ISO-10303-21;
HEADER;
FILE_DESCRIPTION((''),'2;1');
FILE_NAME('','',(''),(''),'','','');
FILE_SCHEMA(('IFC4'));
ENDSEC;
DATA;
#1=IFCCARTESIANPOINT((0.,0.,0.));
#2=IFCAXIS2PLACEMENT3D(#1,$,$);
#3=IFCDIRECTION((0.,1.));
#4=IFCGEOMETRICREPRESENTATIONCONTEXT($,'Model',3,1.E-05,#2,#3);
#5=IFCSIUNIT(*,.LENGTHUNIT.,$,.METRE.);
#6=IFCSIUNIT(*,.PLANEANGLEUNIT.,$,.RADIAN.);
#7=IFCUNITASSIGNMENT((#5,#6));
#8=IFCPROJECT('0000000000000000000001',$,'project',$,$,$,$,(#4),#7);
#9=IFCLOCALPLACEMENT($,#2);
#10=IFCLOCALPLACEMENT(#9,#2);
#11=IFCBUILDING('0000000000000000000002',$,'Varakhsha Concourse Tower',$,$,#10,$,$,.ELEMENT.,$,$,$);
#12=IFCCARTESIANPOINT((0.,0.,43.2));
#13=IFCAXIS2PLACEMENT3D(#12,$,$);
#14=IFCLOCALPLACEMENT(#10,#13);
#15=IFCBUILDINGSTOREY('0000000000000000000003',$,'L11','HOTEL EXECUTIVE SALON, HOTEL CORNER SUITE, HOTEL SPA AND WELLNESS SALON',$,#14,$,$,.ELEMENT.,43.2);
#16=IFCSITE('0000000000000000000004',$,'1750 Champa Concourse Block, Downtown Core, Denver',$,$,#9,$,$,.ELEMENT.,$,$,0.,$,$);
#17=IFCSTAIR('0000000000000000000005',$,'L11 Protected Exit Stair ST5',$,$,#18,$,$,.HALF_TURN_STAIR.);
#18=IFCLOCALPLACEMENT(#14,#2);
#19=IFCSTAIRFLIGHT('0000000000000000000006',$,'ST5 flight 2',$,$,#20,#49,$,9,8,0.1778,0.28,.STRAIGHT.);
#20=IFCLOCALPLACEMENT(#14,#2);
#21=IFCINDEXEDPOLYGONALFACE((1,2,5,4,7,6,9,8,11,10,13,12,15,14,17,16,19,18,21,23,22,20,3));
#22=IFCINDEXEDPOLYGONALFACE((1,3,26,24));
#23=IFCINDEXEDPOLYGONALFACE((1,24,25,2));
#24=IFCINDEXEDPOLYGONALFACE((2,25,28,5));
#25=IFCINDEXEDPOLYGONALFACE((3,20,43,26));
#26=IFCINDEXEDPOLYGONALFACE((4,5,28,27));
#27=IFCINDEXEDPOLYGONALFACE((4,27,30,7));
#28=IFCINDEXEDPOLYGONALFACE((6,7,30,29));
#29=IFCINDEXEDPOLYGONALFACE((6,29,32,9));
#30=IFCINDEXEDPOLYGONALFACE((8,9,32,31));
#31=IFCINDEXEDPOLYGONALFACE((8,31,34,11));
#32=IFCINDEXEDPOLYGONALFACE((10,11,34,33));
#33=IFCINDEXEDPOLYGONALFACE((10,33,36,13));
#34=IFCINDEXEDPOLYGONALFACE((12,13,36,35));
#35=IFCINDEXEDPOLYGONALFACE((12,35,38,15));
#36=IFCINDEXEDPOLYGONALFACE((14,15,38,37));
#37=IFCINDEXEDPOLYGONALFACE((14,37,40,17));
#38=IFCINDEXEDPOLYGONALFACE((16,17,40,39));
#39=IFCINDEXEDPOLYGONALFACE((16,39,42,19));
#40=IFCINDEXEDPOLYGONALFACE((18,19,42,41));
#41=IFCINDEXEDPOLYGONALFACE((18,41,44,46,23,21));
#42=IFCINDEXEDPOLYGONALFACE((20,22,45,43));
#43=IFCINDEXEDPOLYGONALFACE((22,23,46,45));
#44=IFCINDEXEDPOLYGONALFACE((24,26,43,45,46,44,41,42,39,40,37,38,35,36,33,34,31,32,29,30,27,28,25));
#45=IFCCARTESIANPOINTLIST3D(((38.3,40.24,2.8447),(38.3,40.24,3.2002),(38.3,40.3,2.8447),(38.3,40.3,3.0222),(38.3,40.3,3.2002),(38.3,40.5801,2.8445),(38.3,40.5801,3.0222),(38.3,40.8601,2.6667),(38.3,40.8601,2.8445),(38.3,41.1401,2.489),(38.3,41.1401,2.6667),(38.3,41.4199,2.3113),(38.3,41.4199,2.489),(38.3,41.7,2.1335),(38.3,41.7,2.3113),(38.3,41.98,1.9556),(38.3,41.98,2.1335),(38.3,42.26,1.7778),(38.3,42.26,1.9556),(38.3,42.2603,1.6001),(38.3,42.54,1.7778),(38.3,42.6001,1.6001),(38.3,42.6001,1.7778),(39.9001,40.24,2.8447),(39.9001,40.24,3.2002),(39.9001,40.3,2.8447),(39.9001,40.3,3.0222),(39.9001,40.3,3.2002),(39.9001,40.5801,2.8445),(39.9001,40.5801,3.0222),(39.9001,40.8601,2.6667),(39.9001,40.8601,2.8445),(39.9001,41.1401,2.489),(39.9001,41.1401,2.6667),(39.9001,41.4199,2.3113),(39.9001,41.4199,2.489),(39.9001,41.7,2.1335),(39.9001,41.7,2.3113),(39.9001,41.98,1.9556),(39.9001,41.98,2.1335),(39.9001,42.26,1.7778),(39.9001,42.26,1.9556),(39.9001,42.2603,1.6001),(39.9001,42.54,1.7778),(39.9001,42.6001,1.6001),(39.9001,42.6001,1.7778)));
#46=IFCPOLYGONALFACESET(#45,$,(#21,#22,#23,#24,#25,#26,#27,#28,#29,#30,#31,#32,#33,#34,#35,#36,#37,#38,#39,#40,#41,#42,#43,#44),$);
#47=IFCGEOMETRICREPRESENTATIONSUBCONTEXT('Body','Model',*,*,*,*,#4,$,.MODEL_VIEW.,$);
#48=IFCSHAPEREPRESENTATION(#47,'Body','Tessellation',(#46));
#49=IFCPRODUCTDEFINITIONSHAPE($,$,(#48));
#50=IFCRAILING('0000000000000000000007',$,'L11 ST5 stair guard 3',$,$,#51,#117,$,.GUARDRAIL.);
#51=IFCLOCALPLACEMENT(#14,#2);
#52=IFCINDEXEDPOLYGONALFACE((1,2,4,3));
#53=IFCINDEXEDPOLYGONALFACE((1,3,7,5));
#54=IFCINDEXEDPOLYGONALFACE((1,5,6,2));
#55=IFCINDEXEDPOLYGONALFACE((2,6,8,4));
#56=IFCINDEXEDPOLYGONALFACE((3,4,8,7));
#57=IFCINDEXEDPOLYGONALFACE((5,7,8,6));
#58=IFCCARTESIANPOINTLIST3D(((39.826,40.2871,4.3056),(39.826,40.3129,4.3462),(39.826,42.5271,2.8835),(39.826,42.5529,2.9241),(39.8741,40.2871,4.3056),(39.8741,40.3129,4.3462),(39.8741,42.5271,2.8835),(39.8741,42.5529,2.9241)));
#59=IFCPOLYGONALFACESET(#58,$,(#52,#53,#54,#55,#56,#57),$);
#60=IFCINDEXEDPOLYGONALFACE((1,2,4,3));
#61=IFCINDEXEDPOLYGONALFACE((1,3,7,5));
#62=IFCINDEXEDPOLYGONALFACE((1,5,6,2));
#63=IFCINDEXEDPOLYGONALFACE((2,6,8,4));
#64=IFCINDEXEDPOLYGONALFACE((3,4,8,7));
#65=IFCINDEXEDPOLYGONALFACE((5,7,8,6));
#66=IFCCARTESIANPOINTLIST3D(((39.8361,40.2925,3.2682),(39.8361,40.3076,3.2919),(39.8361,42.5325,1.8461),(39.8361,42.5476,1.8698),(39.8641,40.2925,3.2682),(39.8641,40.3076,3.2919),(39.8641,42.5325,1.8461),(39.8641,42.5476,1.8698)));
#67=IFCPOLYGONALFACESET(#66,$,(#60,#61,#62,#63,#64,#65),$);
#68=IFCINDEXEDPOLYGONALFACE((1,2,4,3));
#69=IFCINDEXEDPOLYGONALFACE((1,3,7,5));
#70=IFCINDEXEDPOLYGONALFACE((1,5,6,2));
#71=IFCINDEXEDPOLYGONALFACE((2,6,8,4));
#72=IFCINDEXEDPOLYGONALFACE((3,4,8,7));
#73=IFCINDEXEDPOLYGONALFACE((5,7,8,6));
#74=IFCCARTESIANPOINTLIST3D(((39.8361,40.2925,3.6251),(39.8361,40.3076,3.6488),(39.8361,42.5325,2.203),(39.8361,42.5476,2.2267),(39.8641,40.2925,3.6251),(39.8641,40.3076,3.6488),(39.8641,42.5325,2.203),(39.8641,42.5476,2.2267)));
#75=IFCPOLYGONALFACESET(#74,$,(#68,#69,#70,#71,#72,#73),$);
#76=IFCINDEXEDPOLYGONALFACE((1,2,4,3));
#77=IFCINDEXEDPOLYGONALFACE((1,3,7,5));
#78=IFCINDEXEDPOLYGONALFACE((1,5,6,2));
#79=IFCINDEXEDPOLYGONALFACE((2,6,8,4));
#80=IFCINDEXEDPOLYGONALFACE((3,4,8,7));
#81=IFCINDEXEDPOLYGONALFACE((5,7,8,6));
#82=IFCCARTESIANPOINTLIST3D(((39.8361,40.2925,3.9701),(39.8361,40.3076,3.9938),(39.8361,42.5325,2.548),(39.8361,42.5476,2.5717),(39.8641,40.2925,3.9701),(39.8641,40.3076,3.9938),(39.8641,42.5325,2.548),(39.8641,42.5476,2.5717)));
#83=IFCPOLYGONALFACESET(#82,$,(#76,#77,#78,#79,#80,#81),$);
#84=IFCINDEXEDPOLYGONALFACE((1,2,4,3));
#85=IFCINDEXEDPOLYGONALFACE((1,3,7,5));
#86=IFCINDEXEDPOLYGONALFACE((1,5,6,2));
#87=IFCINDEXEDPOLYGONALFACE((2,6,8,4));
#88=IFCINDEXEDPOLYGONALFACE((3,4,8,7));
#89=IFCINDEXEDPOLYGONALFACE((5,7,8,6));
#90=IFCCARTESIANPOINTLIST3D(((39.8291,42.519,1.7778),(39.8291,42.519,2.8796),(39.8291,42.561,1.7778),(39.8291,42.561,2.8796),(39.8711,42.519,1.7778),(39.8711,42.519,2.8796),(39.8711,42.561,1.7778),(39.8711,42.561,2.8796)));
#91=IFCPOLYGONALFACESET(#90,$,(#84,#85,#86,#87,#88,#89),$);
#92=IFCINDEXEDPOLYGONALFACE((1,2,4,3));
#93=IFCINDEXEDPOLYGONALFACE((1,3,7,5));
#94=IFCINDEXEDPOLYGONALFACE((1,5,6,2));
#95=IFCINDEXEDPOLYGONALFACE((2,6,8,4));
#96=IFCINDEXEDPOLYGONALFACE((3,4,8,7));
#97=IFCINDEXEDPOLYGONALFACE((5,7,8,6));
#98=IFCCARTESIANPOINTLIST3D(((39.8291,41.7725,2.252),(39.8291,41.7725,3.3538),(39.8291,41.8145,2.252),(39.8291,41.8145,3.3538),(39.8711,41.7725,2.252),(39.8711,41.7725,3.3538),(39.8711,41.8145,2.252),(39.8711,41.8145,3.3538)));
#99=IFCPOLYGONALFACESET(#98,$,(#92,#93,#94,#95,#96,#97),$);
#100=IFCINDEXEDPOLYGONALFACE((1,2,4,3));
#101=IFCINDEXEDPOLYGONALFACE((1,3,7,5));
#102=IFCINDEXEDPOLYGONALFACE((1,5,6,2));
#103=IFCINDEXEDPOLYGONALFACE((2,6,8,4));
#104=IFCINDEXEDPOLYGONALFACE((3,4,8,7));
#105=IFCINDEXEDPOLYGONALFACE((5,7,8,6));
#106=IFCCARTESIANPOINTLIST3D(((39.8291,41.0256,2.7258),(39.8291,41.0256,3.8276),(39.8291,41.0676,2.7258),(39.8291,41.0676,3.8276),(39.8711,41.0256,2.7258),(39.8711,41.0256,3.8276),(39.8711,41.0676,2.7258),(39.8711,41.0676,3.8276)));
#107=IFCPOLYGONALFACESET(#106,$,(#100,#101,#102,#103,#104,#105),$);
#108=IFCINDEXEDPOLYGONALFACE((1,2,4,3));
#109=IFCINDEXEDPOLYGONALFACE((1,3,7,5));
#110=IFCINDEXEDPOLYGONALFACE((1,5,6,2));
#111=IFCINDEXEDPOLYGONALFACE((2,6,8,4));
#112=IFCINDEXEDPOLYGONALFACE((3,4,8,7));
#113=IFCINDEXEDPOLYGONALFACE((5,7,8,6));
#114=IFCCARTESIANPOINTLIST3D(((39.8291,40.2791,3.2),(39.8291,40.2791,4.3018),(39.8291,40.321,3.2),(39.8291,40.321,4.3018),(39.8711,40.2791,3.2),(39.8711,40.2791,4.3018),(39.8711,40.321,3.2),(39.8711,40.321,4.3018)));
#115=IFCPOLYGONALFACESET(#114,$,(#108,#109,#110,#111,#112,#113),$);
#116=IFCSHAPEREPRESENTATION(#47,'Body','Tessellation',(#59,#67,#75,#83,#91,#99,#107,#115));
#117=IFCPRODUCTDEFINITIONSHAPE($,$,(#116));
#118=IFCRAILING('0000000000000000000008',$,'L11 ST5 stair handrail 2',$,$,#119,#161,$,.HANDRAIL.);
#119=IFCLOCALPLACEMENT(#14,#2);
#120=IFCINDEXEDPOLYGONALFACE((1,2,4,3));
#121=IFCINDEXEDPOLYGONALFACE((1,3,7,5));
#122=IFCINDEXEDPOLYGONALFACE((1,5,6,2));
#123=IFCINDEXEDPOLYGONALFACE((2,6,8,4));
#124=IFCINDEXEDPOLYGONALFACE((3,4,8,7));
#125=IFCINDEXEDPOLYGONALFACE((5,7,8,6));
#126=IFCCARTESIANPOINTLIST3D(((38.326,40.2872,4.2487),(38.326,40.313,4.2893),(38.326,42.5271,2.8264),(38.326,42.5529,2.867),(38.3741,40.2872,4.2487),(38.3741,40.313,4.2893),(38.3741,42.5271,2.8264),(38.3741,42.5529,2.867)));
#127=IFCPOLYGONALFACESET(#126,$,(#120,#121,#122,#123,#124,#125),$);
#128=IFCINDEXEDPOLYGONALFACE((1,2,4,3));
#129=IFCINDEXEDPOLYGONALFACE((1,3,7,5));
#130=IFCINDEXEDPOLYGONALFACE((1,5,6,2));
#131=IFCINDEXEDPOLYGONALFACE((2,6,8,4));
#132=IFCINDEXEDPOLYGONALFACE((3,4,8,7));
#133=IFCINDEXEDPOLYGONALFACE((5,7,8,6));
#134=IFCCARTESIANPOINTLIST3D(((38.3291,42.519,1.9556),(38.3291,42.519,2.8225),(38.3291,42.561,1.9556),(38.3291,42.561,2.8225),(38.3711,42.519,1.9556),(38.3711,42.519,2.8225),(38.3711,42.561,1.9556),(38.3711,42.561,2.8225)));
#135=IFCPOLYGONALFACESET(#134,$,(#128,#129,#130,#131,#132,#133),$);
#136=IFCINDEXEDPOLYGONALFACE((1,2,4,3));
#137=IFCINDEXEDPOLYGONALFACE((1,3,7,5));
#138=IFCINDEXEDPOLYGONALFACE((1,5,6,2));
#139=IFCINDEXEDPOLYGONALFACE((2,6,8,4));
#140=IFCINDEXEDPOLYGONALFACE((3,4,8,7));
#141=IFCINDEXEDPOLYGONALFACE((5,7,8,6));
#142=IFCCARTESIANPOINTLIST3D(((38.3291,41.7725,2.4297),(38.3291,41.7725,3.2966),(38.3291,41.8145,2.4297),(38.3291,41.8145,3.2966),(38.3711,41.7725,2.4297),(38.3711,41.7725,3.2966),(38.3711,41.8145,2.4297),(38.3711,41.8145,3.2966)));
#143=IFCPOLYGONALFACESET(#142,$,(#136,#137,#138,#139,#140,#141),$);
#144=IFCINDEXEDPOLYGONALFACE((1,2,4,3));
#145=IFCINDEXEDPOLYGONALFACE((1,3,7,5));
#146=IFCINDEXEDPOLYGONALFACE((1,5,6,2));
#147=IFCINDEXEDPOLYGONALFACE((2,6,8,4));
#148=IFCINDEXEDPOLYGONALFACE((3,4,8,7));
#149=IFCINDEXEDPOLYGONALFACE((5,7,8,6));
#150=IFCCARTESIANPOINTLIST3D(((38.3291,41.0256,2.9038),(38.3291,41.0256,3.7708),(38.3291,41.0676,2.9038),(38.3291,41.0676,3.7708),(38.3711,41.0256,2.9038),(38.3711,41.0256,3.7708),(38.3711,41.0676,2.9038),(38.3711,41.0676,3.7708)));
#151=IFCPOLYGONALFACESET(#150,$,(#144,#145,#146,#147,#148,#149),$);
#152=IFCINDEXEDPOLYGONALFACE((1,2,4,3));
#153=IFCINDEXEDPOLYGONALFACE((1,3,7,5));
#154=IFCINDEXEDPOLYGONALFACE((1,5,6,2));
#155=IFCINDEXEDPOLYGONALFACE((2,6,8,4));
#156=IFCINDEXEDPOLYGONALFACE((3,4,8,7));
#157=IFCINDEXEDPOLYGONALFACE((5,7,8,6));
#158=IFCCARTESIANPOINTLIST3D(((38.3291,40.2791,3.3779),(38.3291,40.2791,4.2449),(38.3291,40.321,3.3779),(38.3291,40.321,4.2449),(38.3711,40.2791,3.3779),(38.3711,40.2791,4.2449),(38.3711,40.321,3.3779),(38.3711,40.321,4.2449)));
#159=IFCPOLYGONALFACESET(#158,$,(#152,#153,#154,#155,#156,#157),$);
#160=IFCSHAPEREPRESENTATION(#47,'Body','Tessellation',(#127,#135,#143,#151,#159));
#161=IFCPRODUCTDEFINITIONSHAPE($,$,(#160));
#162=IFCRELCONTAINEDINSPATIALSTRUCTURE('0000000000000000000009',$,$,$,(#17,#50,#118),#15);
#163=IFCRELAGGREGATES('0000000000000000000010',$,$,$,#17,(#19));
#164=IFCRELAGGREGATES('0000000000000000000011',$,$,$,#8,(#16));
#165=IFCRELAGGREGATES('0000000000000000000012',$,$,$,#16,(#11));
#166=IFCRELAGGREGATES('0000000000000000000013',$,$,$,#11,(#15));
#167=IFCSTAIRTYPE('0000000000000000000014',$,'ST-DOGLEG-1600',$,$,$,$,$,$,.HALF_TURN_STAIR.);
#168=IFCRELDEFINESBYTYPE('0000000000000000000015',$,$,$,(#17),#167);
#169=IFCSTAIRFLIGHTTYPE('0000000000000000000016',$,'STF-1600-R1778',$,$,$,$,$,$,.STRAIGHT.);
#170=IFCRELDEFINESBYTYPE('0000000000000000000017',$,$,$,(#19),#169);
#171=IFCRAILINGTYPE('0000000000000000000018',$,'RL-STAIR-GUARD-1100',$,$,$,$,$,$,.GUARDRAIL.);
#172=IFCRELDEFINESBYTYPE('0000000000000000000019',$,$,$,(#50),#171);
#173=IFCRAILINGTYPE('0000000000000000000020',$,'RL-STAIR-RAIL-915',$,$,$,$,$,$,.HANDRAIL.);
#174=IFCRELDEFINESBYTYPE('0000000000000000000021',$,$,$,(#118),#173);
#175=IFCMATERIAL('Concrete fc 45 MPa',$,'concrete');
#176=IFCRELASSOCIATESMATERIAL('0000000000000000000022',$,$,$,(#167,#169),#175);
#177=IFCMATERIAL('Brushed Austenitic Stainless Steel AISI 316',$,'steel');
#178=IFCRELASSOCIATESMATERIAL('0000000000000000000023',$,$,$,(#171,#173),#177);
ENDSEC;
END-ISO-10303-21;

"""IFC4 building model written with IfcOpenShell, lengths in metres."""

from ifc_helpers import new_model, si_unit, direction, frame, origin, origin_2d, place, context, subcontext, project, spatial, polyline, rectangle, outline, extrude, material, type_object, element, aggregate, save


model = new_model("IFC4")

# Units and contexts
model_context = context("Model", 3, precision=1e-05, world=origin(), true_north=direction((0.0, 1.0)))
body_context = subcontext(model_context, "Body", "Model", "MODEL_VIEW")
ifc_project = project(units=[si_unit("LENGTHUNIT", "METRE"), si_unit("PLANEANGLEUNIT", "RADIAN")], contexts=[model_context])

# Site, building, storey
site_placement = place(None, origin())
site = spatial("IfcSite", under=ifc_project, at=site_placement, Name="1750 Champa Concourse Block, Downtown Core, Denver", CompositionType="ELEMENT", RefElevation=0.0)
building_placement = place(site_placement, origin())
building = spatial("IfcBuilding", under=site, at=building_placement, Name="Varakhsha Concourse Tower", CompositionType="ELEMENT")
storey_placement = place(building_placement, frame((0.0, 0.0, 43.2)))
storey = spatial("IfcBuildingStorey", under=building, at=storey_placement, Name="L11", Description="HOTEL EXECUTIVE SALON, HOTEL CORNER SUITE, HOTEL SPA AND WELLNESS SALON", CompositionType="ELEMENT", Elevation=43.2)

# Shared definitions
ifc_material_1 = material(Name="Concrete fc 45 MPa", Category="concrete")

# Stair, stair flight
stair_type = type_object("IfcStairType", Name="ST-DOGLEG-1600", PredefinedType="HALF_TURN_STAIR", material=ifc_material_1)
stair_placement = place(storey_placement, origin())
stair = element("IfcStair", 1, at=stair_placement, inside=storey, type_object=stair_type, Name="L11 Protected Exit Stair ST5", PredefinedType="HALF_TURN_STAIR")
stair_flight_type = type_object("IfcStairFlightType", Name="STF-1600-R1778", PredefinedType="STRAIGHT", material=ifc_material_1)
stair_flight_placement = place(storey_placement, frame((39.1001, 42.54, 1.6001), z_axis=(0.0, 0.0, 1.0), x_axis=(0.0, -1.0, 0.0)))
stair_flight = element("IfcStairFlight", 2, at=stair_flight_placement, type_object=stair_flight_type, Name="ST5 flight 2", NumberOfRisers=9, NumberOfTreads=8, PredefinedType="STRAIGHT", RiserHeight=0.1778, TreadLength=0.28, context=body_context, shape_type="SweptSolid", body=[
    extrude(outline(polyline([(-0.0601, 0.0), (-0.0601, 0.1777), (0.0, 0.1777), (0.28, 0.1777), (0.28, 0.3555), (0.5601, 0.3555), (0.5601, 0.5334), (0.8401, 0.5334), (0.8401, 0.7112), (1.1201, 0.7112), (1.1201, 0.8889), (1.3999, 0.8889), (1.3999, 1.0667), (1.6799, 1.0667), (1.6799, 1.2444), (1.96, 1.2444), (1.96, 1.4221), (2.24, 1.4221), (2.24, 1.6001), (2.3, 1.6001), (2.3, 1.2446), (2.24, 1.2446), (0.2798, 0.0), (-0.0601, 0.0)])), frame((0.0, 0.8, 0.0), z_axis=(0.0, -1.0, 0.0), x_axis=(1.0, 0.0, 0.0)), (0.0, 0.0, 1.0), 1.6001),
])
aggregate(stair, [stair_flight])

# Railings
ifc_material_2 = material(Name="Brushed Austenitic Stainless Steel AISI 316", Category="steel")
railing_type_1 = type_object("IfcRailingType", Name="RL-STAIR-GUARD-1100", PredefinedType="GUARDRAIL", material=ifc_material_2)
railing_1_placement = place(storey_placement, frame((39.8501, 42.54, 1.7778)))
element("IfcRailing", 3, at=railing_1_placement, inside=storey, type_object=railing_type_1, Name="L11 ST5 stair guard 3", PredefinedType="GUARDRAIL", context=body_context, shape_type="SweptSolid", body=[
    extrude(rectangle(XDim=0.0481, YDim=0.0481, at=origin_2d()), frame((0.0, 0.0, 1.126), z_axis=(0.0, -0.844229, 0.535982), x_axis=(1.0, 0.0, 0.0)), (0.0, 0.0, 1.0), 2.6533),
    extrude(rectangle(XDim=0.0281, YDim=0.0281, at=origin_2d()), frame((0.0, 0.0, 0.0801), z_axis=(0.0, -0.844229, 0.535982), x_axis=(1.0, 0.0, 0.0)), (0.0, 0.0, 1.0), 2.6533),
    extrude(rectangle(XDim=0.0281, YDim=0.0281, at=origin_2d()), frame((0.0, 0.0, 0.437), z_axis=(0.0, -0.844229, 0.535982), x_axis=(1.0, 0.0, 0.0)), (0.0, 0.0, 1.0), 2.6533),
    extrude(rectangle(XDim=0.0281, YDim=0.0281, at=origin_2d()), frame((0.0, 0.0, 0.782), z_axis=(0.0, -0.844229, 0.535982), x_axis=(1.0, 0.0, 0.0)), (0.0, 0.0, 1.0), 2.6533),
    extrude(rectangle(XDim=0.042, YDim=0.042, at=origin_2d()), origin(), (0.0, 0.0, 1.0), 1.1018),
    extrude(rectangle(XDim=0.042, YDim=0.042, at=origin_2d()), frame((0.0, -0.7466, 0.4741)), (0.0, 0.0, 1.0), 1.1018),
    extrude(rectangle(XDim=0.042, YDim=0.042, at=origin_2d()), frame((0.0, -1.4934, 0.948)), (0.0, 0.0, 1.0), 1.1018),
    extrude(rectangle(XDim=0.042, YDim=0.042, at=origin_2d()), frame((0.0, -2.24, 1.4221)), (0.0, 0.0, 1.0), 1.1018),
])
railing_type_2 = type_object("IfcRailingType", Name="RL-STAIR-RAIL-915", PredefinedType="HANDRAIL", material=ifc_material_2)
railing_2_placement = place(storey_placement, frame((38.3501, 42.54, 1.9556)))
element("IfcRailing", 4, at=railing_2_placement, inside=storey, type_object=railing_type_2, Name="L11 ST5 stair handrail 2", PredefinedType="HANDRAIL", context=body_context, shape_type="SweptSolid", body=[
    extrude(rectangle(XDim=0.0481, YDim=0.0481, at=origin_2d()), frame((0.0, 0.0, 0.8911), z_axis=(0.0, -0.844188, 0.536048), x_axis=(1.0, 0.0, 0.0)), (0.0, 0.0, 1.0), 2.6533),
    extrude(rectangle(XDim=0.042, YDim=0.042, at=origin_2d()), origin(), (0.0, 0.0, 1.0), 0.8669),
    extrude(rectangle(XDim=0.042, YDim=0.042, at=origin_2d()), frame((0.0, -0.7466, 0.4741)), (0.0, 0.0, 1.0), 0.8669),
    extrude(rectangle(XDim=0.042, YDim=0.042, at=origin_2d()), frame((0.0, -1.4934, 0.9482)), (0.0, 0.0, 1.0), 0.8669),
    extrude(rectangle(XDim=0.042, YDim=0.042, at=origin_2d()), frame((0.0, -2.24, 1.4224)), (0.0, 0.0, 1.0), 0.8669),
])

save(model, "model.ifc")
